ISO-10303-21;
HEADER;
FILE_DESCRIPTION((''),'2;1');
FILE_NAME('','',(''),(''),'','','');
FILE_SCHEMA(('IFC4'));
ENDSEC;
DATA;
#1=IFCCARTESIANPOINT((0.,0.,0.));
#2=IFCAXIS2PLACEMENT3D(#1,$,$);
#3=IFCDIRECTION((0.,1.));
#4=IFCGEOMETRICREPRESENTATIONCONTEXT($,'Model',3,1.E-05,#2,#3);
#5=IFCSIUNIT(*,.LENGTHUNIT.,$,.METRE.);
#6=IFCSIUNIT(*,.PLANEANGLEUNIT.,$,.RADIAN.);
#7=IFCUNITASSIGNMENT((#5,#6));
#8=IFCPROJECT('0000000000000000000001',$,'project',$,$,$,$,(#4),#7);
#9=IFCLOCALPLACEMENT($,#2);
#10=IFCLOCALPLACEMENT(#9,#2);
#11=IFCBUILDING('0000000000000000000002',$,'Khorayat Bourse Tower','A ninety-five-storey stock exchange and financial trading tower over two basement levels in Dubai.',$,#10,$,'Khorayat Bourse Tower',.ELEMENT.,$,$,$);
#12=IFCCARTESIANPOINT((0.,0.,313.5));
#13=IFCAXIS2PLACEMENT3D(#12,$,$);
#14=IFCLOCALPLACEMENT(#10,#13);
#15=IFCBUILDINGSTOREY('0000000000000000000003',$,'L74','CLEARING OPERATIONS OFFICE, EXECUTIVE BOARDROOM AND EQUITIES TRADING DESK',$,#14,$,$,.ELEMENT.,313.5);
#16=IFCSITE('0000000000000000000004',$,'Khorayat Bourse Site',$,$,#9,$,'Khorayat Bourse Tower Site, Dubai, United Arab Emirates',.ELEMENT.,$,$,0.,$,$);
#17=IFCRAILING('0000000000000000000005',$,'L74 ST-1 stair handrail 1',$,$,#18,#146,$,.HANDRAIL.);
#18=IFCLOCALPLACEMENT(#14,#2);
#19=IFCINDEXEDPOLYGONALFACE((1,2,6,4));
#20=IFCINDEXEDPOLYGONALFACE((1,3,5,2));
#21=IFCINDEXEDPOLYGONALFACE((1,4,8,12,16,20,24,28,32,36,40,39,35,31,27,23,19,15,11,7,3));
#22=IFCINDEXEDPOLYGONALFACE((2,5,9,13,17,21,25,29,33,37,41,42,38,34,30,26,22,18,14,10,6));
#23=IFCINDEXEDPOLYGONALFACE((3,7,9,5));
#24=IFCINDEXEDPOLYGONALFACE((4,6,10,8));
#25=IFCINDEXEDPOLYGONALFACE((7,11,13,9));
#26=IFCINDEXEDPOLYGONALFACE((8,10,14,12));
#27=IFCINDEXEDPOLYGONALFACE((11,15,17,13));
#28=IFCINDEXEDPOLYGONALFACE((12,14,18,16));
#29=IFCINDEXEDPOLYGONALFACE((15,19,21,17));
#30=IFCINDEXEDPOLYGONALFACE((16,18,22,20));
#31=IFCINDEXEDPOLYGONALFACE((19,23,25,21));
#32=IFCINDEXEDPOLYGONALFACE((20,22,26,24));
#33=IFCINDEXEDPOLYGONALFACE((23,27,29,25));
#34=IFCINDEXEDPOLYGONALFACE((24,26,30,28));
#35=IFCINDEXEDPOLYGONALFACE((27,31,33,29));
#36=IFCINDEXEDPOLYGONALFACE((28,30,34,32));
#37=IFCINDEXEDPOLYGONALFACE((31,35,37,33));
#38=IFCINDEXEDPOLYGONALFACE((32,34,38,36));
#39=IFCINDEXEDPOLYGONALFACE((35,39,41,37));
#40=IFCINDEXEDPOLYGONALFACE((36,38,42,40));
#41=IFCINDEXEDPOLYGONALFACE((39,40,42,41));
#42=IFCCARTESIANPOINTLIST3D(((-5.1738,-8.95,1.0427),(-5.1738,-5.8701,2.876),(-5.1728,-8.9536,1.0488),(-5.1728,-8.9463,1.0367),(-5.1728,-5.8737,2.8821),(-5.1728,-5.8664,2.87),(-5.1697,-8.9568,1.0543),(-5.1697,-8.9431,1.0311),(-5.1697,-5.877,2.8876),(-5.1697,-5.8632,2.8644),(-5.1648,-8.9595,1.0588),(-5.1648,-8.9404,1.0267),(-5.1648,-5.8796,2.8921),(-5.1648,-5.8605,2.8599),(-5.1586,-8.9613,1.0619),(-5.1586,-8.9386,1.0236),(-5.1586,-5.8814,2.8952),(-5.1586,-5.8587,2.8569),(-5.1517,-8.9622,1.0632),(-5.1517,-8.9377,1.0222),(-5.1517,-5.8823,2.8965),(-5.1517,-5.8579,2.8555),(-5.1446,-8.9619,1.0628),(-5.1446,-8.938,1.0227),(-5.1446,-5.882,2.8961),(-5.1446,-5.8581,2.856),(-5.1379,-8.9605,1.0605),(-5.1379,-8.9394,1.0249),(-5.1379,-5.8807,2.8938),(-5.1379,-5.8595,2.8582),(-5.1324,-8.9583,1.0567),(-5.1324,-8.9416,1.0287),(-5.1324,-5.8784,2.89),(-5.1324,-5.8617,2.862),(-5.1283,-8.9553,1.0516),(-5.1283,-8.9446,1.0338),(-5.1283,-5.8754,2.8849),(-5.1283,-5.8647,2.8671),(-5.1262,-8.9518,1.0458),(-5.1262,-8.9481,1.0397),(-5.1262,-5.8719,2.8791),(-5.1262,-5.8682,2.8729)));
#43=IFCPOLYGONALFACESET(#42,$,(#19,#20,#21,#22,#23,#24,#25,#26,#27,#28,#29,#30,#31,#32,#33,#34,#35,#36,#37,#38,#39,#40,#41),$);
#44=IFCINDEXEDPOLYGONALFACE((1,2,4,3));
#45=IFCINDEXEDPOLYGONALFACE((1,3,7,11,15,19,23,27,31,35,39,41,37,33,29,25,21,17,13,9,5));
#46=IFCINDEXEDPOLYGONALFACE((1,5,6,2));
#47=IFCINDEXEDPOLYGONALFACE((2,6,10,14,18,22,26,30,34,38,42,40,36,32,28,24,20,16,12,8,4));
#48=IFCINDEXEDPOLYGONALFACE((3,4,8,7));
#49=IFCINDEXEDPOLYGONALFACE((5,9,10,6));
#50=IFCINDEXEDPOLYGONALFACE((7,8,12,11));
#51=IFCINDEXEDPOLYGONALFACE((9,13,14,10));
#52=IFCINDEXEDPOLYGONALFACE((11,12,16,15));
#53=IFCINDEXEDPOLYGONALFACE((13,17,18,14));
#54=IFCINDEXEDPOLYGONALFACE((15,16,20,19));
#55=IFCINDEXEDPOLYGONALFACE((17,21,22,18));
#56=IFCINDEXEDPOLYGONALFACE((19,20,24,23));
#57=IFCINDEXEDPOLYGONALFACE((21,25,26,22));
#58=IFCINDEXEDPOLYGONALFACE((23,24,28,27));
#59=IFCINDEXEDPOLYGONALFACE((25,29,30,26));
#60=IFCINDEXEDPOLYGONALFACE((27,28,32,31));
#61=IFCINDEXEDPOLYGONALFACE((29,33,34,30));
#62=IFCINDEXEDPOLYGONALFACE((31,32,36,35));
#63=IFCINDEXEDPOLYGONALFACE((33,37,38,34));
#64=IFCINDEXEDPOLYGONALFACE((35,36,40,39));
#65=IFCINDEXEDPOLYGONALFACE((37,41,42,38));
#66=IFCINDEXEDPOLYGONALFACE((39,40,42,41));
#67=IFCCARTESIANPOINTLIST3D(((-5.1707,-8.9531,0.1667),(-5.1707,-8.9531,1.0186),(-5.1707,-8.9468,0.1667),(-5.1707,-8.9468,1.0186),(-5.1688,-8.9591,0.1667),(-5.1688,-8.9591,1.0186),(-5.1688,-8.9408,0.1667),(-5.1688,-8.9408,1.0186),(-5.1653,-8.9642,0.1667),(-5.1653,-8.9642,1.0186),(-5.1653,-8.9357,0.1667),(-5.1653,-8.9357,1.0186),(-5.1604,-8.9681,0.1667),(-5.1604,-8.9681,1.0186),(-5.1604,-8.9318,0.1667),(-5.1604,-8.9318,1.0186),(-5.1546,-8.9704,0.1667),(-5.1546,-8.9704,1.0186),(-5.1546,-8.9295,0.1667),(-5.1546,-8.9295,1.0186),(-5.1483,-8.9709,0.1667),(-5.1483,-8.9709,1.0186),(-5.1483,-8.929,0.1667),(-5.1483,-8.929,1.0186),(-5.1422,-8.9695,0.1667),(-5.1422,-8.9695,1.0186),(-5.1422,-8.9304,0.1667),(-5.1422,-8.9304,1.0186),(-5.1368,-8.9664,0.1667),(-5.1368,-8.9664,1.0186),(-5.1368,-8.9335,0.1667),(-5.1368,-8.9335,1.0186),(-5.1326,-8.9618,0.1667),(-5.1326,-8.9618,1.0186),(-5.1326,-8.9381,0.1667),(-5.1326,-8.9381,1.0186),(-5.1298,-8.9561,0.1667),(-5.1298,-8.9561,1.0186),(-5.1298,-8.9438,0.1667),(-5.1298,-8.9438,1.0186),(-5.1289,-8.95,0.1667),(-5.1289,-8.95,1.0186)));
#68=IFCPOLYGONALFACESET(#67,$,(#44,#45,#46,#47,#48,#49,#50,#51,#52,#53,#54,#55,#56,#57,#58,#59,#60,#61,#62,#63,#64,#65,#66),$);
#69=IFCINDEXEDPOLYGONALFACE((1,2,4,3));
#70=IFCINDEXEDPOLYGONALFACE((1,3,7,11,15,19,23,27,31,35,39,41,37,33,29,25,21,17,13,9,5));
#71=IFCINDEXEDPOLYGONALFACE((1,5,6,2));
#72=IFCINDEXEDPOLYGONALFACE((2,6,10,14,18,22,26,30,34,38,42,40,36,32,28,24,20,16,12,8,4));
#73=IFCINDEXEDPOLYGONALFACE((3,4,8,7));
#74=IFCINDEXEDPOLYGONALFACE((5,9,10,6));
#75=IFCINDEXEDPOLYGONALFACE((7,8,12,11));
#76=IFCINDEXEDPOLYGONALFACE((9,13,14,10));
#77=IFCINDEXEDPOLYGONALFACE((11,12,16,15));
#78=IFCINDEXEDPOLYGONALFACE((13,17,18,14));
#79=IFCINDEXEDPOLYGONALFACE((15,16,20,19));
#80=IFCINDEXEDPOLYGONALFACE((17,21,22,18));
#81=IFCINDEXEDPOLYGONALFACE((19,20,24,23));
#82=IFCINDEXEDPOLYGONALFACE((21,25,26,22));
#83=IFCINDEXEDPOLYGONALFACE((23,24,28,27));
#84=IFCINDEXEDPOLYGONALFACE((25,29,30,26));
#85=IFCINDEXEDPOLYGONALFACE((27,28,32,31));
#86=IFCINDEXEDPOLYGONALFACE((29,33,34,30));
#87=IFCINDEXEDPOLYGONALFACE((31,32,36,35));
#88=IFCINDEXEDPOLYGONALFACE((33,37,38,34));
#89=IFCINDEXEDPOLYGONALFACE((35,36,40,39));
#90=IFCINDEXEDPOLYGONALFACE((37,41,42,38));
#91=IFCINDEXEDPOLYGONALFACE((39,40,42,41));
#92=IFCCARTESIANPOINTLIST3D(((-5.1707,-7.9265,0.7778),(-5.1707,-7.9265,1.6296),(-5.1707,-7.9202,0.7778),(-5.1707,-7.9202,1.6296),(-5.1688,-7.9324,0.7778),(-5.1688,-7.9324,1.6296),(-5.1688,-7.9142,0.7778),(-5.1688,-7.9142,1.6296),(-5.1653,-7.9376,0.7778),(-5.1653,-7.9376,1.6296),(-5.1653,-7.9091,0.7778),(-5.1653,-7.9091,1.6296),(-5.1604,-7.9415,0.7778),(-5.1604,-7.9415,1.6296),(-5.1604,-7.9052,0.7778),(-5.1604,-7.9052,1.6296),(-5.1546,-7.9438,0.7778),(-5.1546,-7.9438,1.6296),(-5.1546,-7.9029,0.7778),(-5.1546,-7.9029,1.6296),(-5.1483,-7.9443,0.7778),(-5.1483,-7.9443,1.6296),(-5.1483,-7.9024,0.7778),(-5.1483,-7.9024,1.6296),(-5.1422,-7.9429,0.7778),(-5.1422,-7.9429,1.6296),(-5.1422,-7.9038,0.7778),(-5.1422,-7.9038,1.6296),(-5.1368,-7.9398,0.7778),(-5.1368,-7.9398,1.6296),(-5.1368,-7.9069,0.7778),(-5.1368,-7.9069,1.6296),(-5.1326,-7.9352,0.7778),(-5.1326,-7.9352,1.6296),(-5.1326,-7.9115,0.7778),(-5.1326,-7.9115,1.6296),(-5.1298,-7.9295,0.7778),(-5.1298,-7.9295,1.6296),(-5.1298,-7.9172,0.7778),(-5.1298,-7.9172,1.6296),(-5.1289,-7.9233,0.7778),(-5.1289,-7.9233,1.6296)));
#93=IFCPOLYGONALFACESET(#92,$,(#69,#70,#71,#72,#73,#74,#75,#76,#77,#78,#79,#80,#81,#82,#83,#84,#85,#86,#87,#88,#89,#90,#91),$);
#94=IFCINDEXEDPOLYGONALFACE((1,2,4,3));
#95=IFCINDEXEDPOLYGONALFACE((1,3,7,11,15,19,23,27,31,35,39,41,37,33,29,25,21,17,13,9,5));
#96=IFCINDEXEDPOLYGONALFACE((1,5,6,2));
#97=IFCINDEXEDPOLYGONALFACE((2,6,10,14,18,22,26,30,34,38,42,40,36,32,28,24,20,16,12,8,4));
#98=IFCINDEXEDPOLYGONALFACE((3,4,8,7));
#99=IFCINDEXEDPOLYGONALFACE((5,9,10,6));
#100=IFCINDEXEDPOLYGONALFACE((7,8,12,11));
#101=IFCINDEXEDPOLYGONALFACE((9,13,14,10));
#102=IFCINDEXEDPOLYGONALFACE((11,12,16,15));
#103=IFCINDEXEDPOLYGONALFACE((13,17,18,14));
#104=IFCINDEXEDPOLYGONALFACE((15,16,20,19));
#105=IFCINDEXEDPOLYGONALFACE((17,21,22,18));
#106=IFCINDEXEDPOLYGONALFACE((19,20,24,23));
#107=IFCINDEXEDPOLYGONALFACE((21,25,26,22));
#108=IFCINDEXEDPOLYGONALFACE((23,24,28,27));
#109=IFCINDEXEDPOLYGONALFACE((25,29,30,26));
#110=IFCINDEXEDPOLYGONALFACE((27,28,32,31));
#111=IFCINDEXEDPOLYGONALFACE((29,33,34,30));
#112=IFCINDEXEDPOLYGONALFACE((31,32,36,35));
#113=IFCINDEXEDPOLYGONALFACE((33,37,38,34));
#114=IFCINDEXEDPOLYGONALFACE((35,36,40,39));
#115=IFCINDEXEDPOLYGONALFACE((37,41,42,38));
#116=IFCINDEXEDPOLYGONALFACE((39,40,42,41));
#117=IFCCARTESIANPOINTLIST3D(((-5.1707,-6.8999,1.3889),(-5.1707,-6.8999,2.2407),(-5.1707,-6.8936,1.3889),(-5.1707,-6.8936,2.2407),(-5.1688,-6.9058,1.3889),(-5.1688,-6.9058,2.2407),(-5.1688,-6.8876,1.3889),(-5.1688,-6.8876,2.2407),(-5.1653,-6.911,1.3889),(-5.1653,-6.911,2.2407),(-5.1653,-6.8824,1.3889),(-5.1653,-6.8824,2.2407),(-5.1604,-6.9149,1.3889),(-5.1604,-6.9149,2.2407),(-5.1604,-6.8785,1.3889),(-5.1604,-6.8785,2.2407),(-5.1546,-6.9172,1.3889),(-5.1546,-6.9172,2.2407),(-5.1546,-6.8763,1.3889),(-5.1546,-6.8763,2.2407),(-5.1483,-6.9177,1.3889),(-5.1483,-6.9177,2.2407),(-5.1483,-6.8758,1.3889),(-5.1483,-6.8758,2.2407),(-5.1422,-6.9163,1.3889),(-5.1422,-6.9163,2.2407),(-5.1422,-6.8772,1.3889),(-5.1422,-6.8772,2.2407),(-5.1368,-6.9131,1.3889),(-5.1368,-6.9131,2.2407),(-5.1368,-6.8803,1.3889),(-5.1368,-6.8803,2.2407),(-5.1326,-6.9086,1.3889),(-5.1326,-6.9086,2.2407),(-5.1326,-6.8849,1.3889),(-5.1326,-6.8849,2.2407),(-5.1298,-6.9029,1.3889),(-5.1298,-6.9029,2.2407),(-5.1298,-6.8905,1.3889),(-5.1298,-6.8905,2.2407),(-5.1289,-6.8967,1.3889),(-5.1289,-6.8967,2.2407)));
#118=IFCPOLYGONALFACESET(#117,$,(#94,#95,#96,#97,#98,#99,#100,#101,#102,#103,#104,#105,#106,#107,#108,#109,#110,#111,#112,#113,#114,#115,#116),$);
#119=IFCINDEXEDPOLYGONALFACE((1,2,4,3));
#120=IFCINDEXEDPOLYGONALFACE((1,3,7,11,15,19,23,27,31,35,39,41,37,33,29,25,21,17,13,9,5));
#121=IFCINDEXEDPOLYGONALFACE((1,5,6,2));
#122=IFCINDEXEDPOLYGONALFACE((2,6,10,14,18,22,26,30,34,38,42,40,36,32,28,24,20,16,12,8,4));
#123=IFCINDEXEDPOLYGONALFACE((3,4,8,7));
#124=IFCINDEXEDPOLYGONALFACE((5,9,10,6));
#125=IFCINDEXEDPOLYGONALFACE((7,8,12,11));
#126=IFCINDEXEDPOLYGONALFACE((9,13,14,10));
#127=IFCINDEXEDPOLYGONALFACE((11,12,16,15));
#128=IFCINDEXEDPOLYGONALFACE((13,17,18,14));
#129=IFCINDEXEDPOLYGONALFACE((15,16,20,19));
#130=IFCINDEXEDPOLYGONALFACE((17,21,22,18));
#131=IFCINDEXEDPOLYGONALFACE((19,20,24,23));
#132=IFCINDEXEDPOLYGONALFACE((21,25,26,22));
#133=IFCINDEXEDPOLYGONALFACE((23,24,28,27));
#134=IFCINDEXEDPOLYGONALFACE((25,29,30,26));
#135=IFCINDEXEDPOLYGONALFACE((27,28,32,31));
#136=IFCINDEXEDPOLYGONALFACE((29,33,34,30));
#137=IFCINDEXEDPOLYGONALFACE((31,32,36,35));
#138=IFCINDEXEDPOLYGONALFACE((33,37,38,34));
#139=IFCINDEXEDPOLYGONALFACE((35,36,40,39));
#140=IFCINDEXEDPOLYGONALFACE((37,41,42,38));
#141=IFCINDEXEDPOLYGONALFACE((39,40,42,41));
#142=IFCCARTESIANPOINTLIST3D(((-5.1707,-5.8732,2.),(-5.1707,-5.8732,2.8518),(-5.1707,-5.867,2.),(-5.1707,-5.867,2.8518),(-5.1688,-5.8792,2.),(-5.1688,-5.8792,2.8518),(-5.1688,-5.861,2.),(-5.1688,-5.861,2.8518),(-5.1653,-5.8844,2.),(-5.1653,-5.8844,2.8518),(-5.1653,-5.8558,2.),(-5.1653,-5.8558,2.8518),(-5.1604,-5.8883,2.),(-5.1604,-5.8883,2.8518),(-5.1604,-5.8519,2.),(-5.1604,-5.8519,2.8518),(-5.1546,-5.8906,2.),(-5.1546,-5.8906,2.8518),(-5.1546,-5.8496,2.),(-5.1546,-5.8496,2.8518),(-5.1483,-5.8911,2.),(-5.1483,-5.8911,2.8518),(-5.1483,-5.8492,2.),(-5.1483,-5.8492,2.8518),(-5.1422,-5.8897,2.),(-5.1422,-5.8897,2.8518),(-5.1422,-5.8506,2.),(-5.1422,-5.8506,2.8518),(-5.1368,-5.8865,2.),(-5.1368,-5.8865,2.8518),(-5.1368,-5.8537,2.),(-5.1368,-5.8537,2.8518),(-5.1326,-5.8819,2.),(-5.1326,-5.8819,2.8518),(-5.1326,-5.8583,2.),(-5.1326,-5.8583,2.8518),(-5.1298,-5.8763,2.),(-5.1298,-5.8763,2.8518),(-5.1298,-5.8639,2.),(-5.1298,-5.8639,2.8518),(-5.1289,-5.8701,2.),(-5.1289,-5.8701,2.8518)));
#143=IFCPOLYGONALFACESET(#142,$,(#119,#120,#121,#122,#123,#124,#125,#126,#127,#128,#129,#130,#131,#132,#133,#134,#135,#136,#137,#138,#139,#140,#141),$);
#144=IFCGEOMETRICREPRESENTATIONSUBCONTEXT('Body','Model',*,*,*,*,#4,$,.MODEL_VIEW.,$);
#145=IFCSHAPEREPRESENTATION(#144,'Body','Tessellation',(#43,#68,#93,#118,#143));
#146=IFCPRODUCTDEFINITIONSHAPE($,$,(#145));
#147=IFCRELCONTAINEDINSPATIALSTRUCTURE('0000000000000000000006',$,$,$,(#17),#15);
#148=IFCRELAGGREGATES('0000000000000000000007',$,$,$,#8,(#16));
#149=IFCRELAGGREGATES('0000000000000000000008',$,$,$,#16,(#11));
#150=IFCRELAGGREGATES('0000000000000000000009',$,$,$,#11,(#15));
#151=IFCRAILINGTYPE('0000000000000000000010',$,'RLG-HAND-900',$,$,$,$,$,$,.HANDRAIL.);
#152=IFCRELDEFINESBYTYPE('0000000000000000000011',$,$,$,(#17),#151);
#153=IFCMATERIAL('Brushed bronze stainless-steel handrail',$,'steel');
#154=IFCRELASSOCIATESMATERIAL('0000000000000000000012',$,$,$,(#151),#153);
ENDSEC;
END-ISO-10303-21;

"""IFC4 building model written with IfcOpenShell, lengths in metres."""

from ifc_helpers import new_model, si_unit, direction, frame, origin, origin_2d, place, context, subcontext, project, spatial, circle, extrude, source, transform, mapped, material, type_object, element, save


model = new_model("IFC4")

# Units and contexts
model_context = context("Model", 3, precision=1e-05, world=origin(), true_north=direction((0.0, 1.0)))
body_context = subcontext(model_context, "Body", "Model", "MODEL_VIEW")
ifc_project = project(units=[si_unit("LENGTHUNIT", "METRE"), si_unit("PLANEANGLEUNIT", "RADIAN")], contexts=[model_context])

# Site, building, storey
site_placement = place(None, origin())
site = spatial("IfcSite", under=ifc_project, at=site_placement, Name="Khorayat Bourse Site", LongName="Khorayat Bourse Tower Site, Dubai, United Arab Emirates", CompositionType="ELEMENT", RefElevation=0.0)
building_placement = place(site_placement, origin())
building = spatial("IfcBuilding", under=site, at=building_placement, Name="Khorayat Bourse Tower", Description="A ninety-five-storey stock exchange and financial trading tower over two basement levels in Dubai.", LongName="Khorayat Bourse Tower", CompositionType="ELEMENT")
storey_placement = place(building_placement, frame((0.0, 0.0, 313.5)))
storey = spatial("IfcBuildingStorey", under=building, at=storey_placement, Name="L74", Description="CLEARING OPERATIONS OFFICE, EXECUTIVE BOARDROOM AND EQUITIES TRADING DESK", CompositionType="ELEMENT", Elevation=313.5)

# Railing
ifc_material_1 = material(Name="Brushed bronze stainless-steel handrail", Category="steel")
railing_type_1 = type_object("IfcRailingType", Name="RLG-HAND-900", PredefinedType="HANDRAIL", material=ifc_material_1)
shared_shape_1 = source(origin(), body_context, "Body", "SweptSolid", [
    extrude(circle(Radius=0.0239, at=origin_2d()), frame((0.0, 0.0, 0.876), z_axis=(0.0, 0.859291, 0.511487), x_axis=(-1.0, 0.0, 0.0)), (0.0, 0.0, 1.0), 3.5842),
    extrude(circle(Radius=0.021, at=origin_2d()), origin(), (0.0, 0.0, 1.0), 0.8518),
    extrude(circle(Radius=0.021, at=origin_2d()), frame((0.0, 1.0266, 0.6111)), (0.0, 0.0, 1.0), 0.8518),
    extrude(circle(Radius=0.021, at=origin_2d()), frame((0.0, 2.0532, 1.2222)), (0.0, 0.0, 1.0), 0.8518),
    extrude(circle(Radius=0.021, at=origin_2d()), frame((0.0, 3.0798, 1.8333)), (0.0, 0.0, 1.0), 0.8518),
])
railing_1_placement = place(storey_placement, frame((-5.1499, -8.95, 0.1667)))
element("IfcRailing", 1, at=railing_1_placement, inside=storey, type_object=railing_type_1, Name="L74 ST-1 stair handrail 1", PredefinedType="HANDRAIL", context=body_context, shape_type="MappedRepresentation", body=[
    mapped(shared_shape_1, transform((0.0, 0.0, 0.0), scale=1.0)),
])

save(model, "model.ifc")
